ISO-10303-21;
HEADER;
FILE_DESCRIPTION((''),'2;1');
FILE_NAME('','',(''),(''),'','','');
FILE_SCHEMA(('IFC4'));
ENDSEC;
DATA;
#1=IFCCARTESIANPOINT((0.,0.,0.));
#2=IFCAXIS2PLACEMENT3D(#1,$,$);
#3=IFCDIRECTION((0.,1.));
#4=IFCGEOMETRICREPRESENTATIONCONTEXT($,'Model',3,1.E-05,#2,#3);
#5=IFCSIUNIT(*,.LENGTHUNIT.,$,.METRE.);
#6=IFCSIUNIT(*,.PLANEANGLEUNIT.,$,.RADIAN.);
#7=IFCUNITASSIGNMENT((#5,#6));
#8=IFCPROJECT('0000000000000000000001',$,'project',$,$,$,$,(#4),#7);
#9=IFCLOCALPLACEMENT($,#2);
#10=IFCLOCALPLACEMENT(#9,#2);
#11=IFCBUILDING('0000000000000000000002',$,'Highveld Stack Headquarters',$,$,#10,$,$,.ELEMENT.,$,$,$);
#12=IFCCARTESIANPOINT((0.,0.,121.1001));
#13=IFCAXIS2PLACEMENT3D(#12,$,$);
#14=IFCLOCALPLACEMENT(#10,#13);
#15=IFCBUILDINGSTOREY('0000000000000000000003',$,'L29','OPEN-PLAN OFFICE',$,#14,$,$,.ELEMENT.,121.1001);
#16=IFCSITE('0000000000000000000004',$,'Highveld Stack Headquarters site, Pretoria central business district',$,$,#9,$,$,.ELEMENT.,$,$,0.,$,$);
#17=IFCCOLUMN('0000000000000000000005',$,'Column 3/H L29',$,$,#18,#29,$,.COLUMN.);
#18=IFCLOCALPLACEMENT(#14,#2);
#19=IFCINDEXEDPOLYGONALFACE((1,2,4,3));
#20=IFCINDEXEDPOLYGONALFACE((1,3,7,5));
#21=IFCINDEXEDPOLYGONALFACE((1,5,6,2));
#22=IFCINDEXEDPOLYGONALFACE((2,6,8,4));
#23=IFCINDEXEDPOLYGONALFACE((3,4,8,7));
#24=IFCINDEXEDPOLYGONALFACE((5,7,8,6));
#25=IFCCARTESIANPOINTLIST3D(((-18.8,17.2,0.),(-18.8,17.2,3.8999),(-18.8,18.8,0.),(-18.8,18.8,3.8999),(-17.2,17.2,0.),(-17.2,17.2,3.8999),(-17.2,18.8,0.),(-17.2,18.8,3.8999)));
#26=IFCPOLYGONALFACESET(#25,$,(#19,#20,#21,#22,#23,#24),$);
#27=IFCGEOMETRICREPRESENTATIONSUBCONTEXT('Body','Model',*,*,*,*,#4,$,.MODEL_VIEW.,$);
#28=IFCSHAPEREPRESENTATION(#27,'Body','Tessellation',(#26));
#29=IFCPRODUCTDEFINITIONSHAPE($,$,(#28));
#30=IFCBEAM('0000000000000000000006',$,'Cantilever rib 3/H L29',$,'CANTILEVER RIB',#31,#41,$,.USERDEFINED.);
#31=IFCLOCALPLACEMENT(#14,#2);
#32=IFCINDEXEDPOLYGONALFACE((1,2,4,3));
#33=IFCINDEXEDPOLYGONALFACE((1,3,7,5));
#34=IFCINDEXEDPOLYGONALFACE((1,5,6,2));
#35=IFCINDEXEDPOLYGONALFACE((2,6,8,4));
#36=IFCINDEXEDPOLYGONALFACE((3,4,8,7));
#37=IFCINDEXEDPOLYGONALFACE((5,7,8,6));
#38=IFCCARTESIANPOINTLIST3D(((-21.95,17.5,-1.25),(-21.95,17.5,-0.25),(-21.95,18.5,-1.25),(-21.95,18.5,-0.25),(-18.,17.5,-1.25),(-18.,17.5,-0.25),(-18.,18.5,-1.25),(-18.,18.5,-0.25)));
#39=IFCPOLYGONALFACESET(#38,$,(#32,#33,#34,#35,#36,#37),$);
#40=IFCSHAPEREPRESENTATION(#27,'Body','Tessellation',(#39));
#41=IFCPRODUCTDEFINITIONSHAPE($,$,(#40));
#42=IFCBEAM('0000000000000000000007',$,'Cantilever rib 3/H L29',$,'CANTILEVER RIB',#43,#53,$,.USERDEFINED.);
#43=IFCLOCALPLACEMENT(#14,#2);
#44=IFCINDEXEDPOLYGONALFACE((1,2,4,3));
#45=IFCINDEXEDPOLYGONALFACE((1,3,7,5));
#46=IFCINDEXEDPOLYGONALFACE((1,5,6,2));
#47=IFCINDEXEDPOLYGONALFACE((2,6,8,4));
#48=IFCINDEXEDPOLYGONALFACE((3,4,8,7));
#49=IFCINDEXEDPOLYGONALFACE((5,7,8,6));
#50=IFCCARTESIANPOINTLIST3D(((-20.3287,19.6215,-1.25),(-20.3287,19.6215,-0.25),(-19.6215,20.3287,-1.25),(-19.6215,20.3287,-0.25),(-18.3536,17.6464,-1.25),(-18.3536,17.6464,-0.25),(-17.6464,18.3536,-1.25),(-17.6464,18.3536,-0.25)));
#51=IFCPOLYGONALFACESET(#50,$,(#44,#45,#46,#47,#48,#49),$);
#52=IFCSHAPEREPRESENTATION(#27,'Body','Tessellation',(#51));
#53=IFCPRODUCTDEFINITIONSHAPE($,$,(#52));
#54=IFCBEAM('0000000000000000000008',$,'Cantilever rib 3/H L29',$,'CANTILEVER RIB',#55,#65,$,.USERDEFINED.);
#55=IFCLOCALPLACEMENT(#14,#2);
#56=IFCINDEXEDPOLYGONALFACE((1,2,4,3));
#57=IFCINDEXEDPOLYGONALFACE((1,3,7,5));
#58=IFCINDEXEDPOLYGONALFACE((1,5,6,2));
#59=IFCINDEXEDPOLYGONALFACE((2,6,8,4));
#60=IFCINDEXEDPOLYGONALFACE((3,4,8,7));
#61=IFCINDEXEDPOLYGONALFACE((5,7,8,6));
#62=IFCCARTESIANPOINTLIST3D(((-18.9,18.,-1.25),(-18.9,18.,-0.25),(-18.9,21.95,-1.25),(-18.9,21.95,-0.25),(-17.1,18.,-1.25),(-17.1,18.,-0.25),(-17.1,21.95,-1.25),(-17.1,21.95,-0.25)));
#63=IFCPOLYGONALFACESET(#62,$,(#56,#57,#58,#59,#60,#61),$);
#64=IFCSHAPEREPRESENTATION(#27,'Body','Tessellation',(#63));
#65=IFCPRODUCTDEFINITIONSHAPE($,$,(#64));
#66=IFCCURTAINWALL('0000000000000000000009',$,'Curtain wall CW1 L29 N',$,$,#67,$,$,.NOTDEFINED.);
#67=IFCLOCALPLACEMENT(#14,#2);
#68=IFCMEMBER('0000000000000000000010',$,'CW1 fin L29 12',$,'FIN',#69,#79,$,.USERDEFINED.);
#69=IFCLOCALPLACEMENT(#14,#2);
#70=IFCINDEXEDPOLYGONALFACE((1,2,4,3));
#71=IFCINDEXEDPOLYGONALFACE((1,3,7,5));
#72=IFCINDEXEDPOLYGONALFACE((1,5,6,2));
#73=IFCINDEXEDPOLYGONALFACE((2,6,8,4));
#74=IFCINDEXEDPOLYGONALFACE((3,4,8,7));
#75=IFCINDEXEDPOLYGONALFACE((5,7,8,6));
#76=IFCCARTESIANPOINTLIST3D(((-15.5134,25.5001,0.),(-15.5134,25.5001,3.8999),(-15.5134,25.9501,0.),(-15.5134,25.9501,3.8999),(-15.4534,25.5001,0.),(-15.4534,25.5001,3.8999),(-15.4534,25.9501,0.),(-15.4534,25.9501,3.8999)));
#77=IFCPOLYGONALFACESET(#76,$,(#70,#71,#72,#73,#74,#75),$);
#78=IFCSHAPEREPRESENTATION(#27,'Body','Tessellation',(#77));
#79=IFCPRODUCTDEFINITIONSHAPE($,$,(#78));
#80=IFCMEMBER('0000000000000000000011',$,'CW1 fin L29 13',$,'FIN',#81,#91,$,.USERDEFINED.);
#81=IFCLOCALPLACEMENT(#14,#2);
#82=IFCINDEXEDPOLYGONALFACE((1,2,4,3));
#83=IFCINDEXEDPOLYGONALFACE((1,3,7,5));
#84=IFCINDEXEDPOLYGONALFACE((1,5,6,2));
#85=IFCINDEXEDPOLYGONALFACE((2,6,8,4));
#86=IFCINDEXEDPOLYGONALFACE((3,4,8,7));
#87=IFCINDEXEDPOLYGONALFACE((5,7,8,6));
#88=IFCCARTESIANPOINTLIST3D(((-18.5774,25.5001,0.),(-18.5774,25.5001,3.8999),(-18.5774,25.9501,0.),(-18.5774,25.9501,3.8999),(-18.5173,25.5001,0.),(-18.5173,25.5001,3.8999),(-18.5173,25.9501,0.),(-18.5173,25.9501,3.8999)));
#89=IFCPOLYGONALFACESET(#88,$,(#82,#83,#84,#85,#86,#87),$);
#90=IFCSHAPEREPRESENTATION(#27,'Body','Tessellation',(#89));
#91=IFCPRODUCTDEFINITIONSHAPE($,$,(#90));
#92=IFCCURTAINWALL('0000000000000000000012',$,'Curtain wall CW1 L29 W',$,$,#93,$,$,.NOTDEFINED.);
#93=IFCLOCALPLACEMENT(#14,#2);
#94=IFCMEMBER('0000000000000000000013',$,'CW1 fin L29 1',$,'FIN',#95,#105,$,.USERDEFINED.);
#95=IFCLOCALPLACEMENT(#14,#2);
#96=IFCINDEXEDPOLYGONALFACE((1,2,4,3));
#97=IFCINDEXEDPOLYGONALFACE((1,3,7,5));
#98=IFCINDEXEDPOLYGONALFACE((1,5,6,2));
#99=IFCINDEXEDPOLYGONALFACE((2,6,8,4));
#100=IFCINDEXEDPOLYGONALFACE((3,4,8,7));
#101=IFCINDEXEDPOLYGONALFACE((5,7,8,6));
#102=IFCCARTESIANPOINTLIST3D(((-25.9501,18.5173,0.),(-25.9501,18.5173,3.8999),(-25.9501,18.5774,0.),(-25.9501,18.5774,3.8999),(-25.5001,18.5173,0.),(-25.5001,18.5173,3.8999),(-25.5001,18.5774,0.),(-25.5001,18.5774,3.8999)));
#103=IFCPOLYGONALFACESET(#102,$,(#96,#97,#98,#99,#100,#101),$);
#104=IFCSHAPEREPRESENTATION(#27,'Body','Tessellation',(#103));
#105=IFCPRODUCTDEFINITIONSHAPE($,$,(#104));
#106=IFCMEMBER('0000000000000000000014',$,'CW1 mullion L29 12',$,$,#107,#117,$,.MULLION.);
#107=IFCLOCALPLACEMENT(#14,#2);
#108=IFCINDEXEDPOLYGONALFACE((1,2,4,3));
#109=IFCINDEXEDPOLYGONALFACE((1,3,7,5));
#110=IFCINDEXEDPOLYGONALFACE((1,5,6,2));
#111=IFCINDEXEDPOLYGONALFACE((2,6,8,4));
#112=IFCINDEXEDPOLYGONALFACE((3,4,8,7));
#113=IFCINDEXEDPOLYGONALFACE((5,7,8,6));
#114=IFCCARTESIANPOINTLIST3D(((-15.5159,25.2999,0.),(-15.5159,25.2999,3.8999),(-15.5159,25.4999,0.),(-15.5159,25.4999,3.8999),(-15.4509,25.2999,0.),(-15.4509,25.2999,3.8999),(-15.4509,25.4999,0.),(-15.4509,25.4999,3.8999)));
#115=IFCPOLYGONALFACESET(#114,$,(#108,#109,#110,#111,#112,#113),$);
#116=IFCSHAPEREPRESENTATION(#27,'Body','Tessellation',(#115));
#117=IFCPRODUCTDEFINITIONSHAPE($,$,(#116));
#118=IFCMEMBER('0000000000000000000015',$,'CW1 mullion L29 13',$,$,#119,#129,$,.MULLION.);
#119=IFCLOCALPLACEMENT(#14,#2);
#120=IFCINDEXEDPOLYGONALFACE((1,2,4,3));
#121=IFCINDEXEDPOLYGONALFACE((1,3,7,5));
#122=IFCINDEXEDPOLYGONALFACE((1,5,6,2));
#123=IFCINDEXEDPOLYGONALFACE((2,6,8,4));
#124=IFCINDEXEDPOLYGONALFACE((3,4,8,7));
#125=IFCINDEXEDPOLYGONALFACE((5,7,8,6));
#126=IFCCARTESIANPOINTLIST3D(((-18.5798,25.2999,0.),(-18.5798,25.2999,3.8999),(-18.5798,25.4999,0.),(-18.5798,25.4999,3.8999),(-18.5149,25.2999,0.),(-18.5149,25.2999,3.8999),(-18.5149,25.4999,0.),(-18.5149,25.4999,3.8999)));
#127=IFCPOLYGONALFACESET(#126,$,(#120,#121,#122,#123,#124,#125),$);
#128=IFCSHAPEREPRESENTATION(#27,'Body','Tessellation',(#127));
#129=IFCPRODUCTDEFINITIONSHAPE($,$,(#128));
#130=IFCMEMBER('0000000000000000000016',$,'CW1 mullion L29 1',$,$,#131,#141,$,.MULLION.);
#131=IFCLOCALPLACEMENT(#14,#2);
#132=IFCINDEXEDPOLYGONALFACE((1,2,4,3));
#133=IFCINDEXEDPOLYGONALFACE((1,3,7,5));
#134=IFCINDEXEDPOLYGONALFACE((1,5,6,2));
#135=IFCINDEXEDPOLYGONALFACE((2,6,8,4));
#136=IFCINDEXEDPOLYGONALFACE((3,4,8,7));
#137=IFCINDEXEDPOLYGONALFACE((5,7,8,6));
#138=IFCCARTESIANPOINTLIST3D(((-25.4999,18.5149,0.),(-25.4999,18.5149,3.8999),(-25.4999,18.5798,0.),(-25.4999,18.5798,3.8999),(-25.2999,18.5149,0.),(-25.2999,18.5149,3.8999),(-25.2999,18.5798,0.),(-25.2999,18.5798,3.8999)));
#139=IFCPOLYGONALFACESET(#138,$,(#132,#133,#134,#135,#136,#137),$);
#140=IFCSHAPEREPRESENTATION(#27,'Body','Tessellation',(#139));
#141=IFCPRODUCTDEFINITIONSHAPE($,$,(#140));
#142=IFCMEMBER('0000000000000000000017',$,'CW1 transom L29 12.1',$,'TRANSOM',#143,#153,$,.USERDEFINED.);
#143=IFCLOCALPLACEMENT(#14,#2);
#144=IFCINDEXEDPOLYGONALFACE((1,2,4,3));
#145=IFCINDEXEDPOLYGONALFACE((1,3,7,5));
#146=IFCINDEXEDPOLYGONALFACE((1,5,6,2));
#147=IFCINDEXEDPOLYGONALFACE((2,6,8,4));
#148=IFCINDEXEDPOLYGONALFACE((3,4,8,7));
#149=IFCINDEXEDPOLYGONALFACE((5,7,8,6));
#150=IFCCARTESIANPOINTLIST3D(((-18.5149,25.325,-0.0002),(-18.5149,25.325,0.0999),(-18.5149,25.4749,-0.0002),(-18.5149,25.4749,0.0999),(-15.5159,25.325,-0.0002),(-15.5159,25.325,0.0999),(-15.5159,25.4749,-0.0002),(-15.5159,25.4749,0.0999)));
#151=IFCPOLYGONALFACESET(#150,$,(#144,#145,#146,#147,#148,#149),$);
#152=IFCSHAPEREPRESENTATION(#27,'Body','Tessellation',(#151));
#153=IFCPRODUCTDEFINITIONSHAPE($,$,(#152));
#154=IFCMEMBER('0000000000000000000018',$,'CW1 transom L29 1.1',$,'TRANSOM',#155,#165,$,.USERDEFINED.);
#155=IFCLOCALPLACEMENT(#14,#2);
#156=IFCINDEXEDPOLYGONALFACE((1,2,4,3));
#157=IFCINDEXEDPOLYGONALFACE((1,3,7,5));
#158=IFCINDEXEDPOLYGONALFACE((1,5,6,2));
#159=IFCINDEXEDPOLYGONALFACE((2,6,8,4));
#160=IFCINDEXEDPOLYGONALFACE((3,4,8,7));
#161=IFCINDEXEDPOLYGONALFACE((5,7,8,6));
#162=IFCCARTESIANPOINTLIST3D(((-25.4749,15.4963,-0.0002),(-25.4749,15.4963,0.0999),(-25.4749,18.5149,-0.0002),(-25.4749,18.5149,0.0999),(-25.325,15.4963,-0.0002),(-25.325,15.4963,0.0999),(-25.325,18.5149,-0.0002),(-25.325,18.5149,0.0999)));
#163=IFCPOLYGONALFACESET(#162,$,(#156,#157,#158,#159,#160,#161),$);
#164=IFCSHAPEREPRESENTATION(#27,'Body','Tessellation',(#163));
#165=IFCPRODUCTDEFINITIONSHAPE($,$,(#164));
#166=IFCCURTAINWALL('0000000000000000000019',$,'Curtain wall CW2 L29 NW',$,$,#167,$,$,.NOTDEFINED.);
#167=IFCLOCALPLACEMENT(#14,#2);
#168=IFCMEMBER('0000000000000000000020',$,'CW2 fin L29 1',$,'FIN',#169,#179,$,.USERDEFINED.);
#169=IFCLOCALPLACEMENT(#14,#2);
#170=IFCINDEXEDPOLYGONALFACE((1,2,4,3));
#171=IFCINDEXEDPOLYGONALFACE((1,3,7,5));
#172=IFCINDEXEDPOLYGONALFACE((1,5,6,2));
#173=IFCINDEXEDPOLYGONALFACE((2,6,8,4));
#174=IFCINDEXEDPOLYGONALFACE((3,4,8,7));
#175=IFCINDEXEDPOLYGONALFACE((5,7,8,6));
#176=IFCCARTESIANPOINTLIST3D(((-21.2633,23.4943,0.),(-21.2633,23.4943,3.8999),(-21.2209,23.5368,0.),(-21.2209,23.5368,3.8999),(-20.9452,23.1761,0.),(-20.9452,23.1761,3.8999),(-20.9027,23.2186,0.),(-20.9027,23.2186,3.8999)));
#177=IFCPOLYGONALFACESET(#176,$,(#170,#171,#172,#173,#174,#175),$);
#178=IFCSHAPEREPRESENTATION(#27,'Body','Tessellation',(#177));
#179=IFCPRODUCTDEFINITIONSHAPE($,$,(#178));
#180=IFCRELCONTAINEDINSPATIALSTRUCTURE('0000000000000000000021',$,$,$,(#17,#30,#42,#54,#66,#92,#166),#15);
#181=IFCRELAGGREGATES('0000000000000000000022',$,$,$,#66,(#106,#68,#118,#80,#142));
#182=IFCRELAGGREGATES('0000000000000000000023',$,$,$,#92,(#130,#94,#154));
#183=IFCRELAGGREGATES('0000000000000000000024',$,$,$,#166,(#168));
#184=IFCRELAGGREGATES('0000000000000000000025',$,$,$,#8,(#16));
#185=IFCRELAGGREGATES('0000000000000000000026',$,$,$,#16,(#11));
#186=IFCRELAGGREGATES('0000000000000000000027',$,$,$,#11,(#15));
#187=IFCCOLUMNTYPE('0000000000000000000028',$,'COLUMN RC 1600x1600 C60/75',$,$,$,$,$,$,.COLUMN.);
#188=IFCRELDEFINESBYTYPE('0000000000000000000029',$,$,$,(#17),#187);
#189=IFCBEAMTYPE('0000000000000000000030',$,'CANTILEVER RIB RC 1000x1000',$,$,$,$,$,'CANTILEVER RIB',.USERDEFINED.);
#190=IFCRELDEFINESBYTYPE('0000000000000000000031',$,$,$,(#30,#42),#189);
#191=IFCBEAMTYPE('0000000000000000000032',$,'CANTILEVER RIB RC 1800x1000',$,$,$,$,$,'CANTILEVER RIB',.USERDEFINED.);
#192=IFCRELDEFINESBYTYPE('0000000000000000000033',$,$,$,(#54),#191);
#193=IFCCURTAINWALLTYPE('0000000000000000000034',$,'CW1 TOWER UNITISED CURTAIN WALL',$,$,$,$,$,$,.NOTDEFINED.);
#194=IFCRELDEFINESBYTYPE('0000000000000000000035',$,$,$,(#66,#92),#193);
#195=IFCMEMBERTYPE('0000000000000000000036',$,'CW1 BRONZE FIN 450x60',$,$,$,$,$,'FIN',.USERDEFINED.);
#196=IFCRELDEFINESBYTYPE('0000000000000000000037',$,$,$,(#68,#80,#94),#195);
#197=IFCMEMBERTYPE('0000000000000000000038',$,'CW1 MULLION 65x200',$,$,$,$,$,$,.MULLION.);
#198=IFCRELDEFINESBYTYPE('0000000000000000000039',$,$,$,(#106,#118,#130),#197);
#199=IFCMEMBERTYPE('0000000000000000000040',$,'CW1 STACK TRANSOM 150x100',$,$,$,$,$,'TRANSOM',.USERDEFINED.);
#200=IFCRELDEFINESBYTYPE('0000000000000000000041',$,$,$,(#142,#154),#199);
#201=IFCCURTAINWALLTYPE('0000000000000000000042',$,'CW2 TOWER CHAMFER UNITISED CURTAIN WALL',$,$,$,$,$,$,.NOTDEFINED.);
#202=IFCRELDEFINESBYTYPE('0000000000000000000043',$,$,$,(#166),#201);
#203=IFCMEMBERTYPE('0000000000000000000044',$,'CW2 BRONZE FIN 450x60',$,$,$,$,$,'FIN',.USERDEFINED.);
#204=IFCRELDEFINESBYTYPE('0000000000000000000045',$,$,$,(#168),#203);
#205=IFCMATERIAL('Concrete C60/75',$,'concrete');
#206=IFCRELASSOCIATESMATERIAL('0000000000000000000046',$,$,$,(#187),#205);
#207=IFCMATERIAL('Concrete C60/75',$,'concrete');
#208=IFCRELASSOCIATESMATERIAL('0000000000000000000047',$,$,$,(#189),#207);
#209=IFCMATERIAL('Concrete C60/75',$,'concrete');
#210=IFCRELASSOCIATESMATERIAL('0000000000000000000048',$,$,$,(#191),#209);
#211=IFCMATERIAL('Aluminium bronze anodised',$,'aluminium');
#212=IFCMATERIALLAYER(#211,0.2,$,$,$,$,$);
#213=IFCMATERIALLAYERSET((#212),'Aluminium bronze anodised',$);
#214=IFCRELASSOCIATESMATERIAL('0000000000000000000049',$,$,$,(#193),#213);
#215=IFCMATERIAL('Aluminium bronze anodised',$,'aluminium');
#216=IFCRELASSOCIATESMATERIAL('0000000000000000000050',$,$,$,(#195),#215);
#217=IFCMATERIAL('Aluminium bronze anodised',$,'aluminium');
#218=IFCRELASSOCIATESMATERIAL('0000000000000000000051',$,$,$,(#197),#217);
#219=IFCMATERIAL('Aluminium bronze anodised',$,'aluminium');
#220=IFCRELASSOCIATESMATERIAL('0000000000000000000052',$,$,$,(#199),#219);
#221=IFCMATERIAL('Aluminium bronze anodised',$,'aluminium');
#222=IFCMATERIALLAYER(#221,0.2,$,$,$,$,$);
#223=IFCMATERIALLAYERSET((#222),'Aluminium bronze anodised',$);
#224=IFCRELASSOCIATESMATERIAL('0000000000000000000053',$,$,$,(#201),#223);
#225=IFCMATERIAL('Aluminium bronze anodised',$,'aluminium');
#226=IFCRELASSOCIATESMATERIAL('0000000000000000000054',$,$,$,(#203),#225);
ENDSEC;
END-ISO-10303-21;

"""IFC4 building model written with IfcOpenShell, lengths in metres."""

from ifc_helpers import new_model, si_unit, direction, frame, origin, origin_2d, place, context, subcontext, project, spatial, rectangle, extrude, material, layer, layer_set, material_profile, profile_set, type_object, element, aggregate, save


model = new_model("IFC4")

# Units and contexts
model_context = context("Model", 3, precision=1e-05, world=origin(), true_north=direction((0.0, 1.0)))
body_context = subcontext(model_context, "Body", "Model", "MODEL_VIEW")
ifc_project = project(units=[si_unit("LENGTHUNIT", "METRE"), si_unit("PLANEANGLEUNIT", "RADIAN")], contexts=[model_context])

# Site, building, storey
site_placement = place(None, origin())
site = spatial("IfcSite", under=ifc_project, at=site_placement, Name="Highveld Stack Headquarters site, Pretoria central business district", CompositionType="ELEMENT", RefElevation=0.0)
building_placement = place(site_placement, origin())
building = spatial("IfcBuilding", under=site, at=building_placement, Name="Highveld Stack Headquarters", CompositionType="ELEMENT")
storey_placement = place(building_placement, frame((0.0, 0.0, 121.1001)))
storey = spatial("IfcBuildingStorey", under=building, at=storey_placement, Name="L29", Description="OPEN-PLAN OFFICE", CompositionType="ELEMENT", Elevation=121.1001)

# Column
ifc_material_1 = material(Name="Concrete C60/75", Category="concrete")
ifc_material_profile_1 = material_profile(ifc_material_1, rectangle(XDim=1.6001, YDim=1.6001, at=origin_2d()), Name="RC 1600x1600")
ifc_profile_set_1 = profile_set([ifc_material_profile_1], Name="Concrete C60/75")
column_type = type_object("IfcColumnType", Name="COLUMN RC 1600x1600 C60/75", PredefinedType="COLUMN", material=ifc_profile_set_1)
column_placement = place(storey_placement, frame((-18.0, 18.0, 0.0), z_axis=(0.0, 0.0, 1.0), x_axis=(1.0, 0.0, 0.0)))
element("IfcColumn", 1, at=column_placement, inside=storey, type_object=column_type, Name="Column 3/H L29", PredefinedType="COLUMN", context=body_context, shape_type="SweptSolid", body=[
    extrude(rectangle(XDim=1.6001, YDim=1.6001, at=origin_2d()), origin(), (0.0, 0.0, 1.0), 3.8999),
])

# Beams
ifc_material_2 = material(Name="Concrete C60/75", Category="concrete")
ifc_material_profile_2 = material_profile(ifc_material_2, rectangle(XDim=1.0, YDim=1.0, at=origin_2d()), Name="RC 1000x1000")
ifc_profile_set_2 = profile_set([ifc_material_profile_2], Name="Concrete C60/75")
beam_type_1 = type_object("IfcBeamType", Name="CANTILEVER RIB RC 1000x1000", ElementType="CANTILEVER RIB", PredefinedType="USERDEFINED", material=ifc_profile_set_2)
beam_1_placement = place(storey_placement, frame((-18.0, 18.0, -0.75), z_axis=(-1.0, 0.0, 0.0), x_axis=(0.0, -1.0, 0.0)))
element("IfcBeam", 2, at=beam_1_placement, inside=storey, type_object=beam_type_1, Name="Cantilever rib 3/H L29", ObjectType="CANTILEVER RIB", PredefinedType="USERDEFINED", context=body_context, shape_type="SweptSolid", body=[
    extrude(rectangle(XDim=1.0, YDim=1.0, at=origin_2d()), origin(), (0.0, 0.0, 1.0), 3.95),
])
beam_2_placement = place(storey_placement, frame((-18.0, 18.0, -0.75), z_axis=(-0.707107, 0.707107, 0.0), x_axis=(-0.707107, -0.707107, 0.0)))
element("IfcBeam", 3, at=beam_2_placement, inside=storey, type_object=beam_type_1, Name="Cantilever rib 3/H L29", ObjectType="CANTILEVER RIB", PredefinedType="USERDEFINED", context=body_context, shape_type="SweptSolid", body=[
    extrude(rectangle(XDim=1.0, YDim=1.0, at=origin_2d()), origin(), (0.0, 0.0, 1.0), 2.7932),
])
ifc_material_3 = material(Name="Concrete C60/75", Category="concrete")
ifc_material_profile_3 = material_profile(ifc_material_3, rectangle(XDim=1.8, YDim=1.0, at=origin_2d()), Name="RC 1800x1000")
ifc_profile_set_3 = profile_set([ifc_material_profile_3], Name="Concrete C60/75")
beam_type_2 = type_object("IfcBeamType", Name="CANTILEVER RIB RC 1800x1000", ElementType="CANTILEVER RIB", PredefinedType="USERDEFINED", material=ifc_profile_set_3)
beam_3_placement = place(storey_placement, frame((-18.0, 18.0, -0.75), z_axis=(0.0, 1.0, 0.0), x_axis=(-1.0, 0.0, 0.0)))
element("IfcBeam", 4, at=beam_3_placement, inside=storey, type_object=beam_type_2, Name="Cantilever rib 3/H L29", ObjectType="CANTILEVER RIB", PredefinedType="USERDEFINED", context=body_context, shape_type="SweptSolid", body=[
    extrude(rectangle(XDim=1.8, YDim=1.0, at=origin_2d()), origin(), (0.0, 0.0, 1.0), 3.95),
])

# Curtain wall, members
ifc_material_4 = material(Name="Aluminium bronze anodised", Category="aluminium")
ifc_layer_1 = layer(ifc_material_4, 0.2)
ifc_layer_set_1 = layer_set([ifc_layer_1], Name="Aluminium bronze anodised")
curtain_wall_type_1 = type_object("IfcCurtainWallType", Name="CW1 TOWER UNITISED CURTAIN WALL", PredefinedType="NOTDEFINED", material=ifc_layer_set_1)
curtain_wall_1_placement = place(storey_placement, origin())
curtain_wall_1 = element("IfcCurtainWall", 5, at=curtain_wall_1_placement, inside=storey, type_object=curtain_wall_type_1, Name="Curtain wall CW1 L29 N", PredefinedType="NOTDEFINED")
ifc_material_5 = material(Name="Aluminium bronze anodised", Category="aluminium")
ifc_material_profile_4 = material_profile(ifc_material_5, rectangle(XDim=0.45, YDim=0.0601, at=origin_2d()), Name="FIN 450x60")
ifc_profile_set_4 = profile_set([ifc_material_profile_4], Name="Aluminium bronze anodised")
member_type_1 = type_object("IfcMemberType", Name="CW1 BRONZE FIN 450x60", ElementType="FIN", PredefinedType="USERDEFINED", material=ifc_profile_set_4)
member_1_placement = place(storey_placement, frame((-15.4834, 25.7251, 0.0), z_axis=(0.0, 0.0, 1.0), x_axis=(0.0, -1.0, 0.0)))
member_1 = element("IfcMember", 6, at=member_1_placement, type_object=member_type_1, Name="CW1 fin L29 12", ObjectType="FIN", PredefinedType="USERDEFINED", context=body_context, shape_type="SweptSolid", body=[
    extrude(rectangle(XDim=0.45, YDim=0.0601, at=origin_2d()), origin(), (0.0, 0.0, 1.0), 3.8999),
])
member_2_placement = place(storey_placement, frame((-18.5474, 25.7251, 0.0), z_axis=(0.0, 0.0, 1.0), x_axis=(0.0, -1.0, 0.0)))
member_2 = element("IfcMember", 7, at=member_2_placement, type_object=member_type_1, Name="CW1 fin L29 13", ObjectType="FIN", PredefinedType="USERDEFINED", context=body_context, shape_type="SweptSolid", body=[
    extrude(rectangle(XDim=0.45, YDim=0.0601, at=origin_2d()), origin(), (0.0, 0.0, 1.0), 3.8999),
])

# Curtain wall, member
curtain_wall_2_placement = place(storey_placement, origin())
curtain_wall_2 = element("IfcCurtainWall", 8, at=curtain_wall_2_placement, inside=storey, type_object=curtain_wall_type_1, Name="Curtain wall CW1 L29 W", PredefinedType="NOTDEFINED")
member_3_placement = place(storey_placement, frame((-25.7251, 18.5474, 0.0), z_axis=(0.0, 0.0, 1.0), x_axis=(1.0, 0.0, 0.0)))
member_3 = element("IfcMember", 9, at=member_3_placement, type_object=member_type_1, Name="CW1 fin L29 1", ObjectType="FIN", PredefinedType="USERDEFINED", context=body_context, shape_type="SweptSolid", body=[
    extrude(rectangle(XDim=0.45, YDim=0.0601, at=origin_2d()), origin(), (0.0, 0.0, 1.0), 3.8999),
])

# Members
ifc_material_6 = material(Name="Aluminium bronze anodised", Category="aluminium")
ifc_material_profile_5 = material_profile(ifc_material_6, rectangle(XDim=0.2, YDim=0.0649, at=origin_2d()), Name="CW1 MULLION 65x200")
ifc_profile_set_5 = profile_set([ifc_material_profile_5], Name="Aluminium bronze anodised")
member_type_2 = type_object("IfcMemberType", Name="CW1 MULLION 65x200", PredefinedType="MULLION", material=ifc_profile_set_5)
member_4_placement = place(storey_placement, frame((-15.4834, 25.3999, 0.0), z_axis=(0.0, 0.0, 1.0), x_axis=(0.0, -1.0, 0.0)))
member_4 = element("IfcMember", 10, at=member_4_placement, type_object=member_type_2, Name="CW1 mullion L29 12", PredefinedType="MULLION", context=body_context, shape_type="SweptSolid", body=[
    extrude(rectangle(XDim=0.2, YDim=0.0649, at=origin_2d()), origin(), (0.0, 0.0, 1.0), 3.8999),
])
member_5_placement = place(storey_placement, frame((-18.5474, 25.3999, 0.0), z_axis=(0.0, 0.0, 1.0), x_axis=(0.0, -1.0, 0.0)))
member_5 = element("IfcMember", 11, at=member_5_placement, type_object=member_type_2, Name="CW1 mullion L29 13", PredefinedType="MULLION", context=body_context, shape_type="SweptSolid", body=[
    extrude(rectangle(XDim=0.2, YDim=0.0649, at=origin_2d()), origin(), (0.0, 0.0, 1.0), 3.8999),
])
member_6_placement = place(storey_placement, frame((-25.3999, 18.5474, 0.0), z_axis=(0.0, 0.0, 1.0), x_axis=(1.0, 0.0, 0.0)))
member_6 = element("IfcMember", 12, at=member_6_placement, type_object=member_type_2, Name="CW1 mullion L29 1", PredefinedType="MULLION", context=body_context, shape_type="SweptSolid", body=[
    extrude(rectangle(XDim=0.2, YDim=0.0649, at=origin_2d()), origin(), (0.0, 0.0, 1.0), 3.8999),
])
ifc_material_7 = material(Name="Aluminium bronze anodised", Category="aluminium")
ifc_material_profile_6 = material_profile(ifc_material_7, rectangle(XDim=0.1499, YDim=0.1001, at=origin_2d()), Name="CW1 TRANSOM 150x100")
ifc_profile_set_6 = profile_set([ifc_material_profile_6], Name="Aluminium bronze anodised")
member_type_3 = type_object("IfcMemberType", Name="CW1 STACK TRANSOM 150x100", ElementType="TRANSOM", PredefinedType="USERDEFINED", material=ifc_profile_set_6)
member_7_placement = place(storey_placement, frame((-15.5159, 25.3999, 0.0498), z_axis=(-1.0, 0.0, 0.0), x_axis=(0.0, -1.0, 0.0)))
member_7 = element("IfcMember", 13, at=member_7_placement, type_object=member_type_3, Name="CW1 transom L29 12.1", ObjectType="TRANSOM", PredefinedType="USERDEFINED", context=body_context, shape_type="SweptSolid", body=[
    extrude(rectangle(XDim=0.1499, YDim=0.1001, at=origin_2d()), origin(), (0.0, 0.0, 1.0), 2.999),
])
member_8_placement = place(storey_placement, frame((-25.3999, 18.5149, 0.0498), z_axis=(0.0, -1.0, 0.0), x_axis=(1.0, 0.0, 0.0)))
member_8 = element("IfcMember", 14, at=member_8_placement, type_object=member_type_3, Name="CW1 transom L29 1.1", ObjectType="TRANSOM", PredefinedType="USERDEFINED", context=body_context, shape_type="SweptSolid", body=[
    extrude(rectangle(XDim=0.1499, YDim=0.1001, at=origin_2d()), origin(), (0.0, 0.0, 1.0), 3.0186),
])

# Curtain wall, member
ifc_material_8 = material(Name="Aluminium bronze anodised", Category="aluminium")
ifc_layer_2 = layer(ifc_material_8, 0.2)
ifc_layer_set_2 = layer_set([ifc_layer_2], Name="Aluminium bronze anodised")
curtain_wall_type_2 = type_object("IfcCurtainWallType", Name="CW2 TOWER CHAMFER UNITISED CURTAIN WALL", PredefinedType="NOTDEFINED", material=ifc_layer_set_2)
curtain_wall_3_placement = place(storey_placement, origin())
curtain_wall_3 = element("IfcCurtainWall", 15, at=curtain_wall_3_placement, inside=storey, type_object=curtain_wall_type_2, Name="Curtain wall CW2 L29 NW", PredefinedType="NOTDEFINED")
ifc_material_9 = material(Name="Aluminium bronze anodised", Category="aluminium")
ifc_material_profile_7 = material_profile(ifc_material_9, rectangle(XDim=0.45, YDim=0.0601, at=origin_2d()), Name="FIN 450x60")
ifc_profile_set_7 = profile_set([ifc_material_profile_7], Name="Aluminium bronze anodised")
member_type_4 = type_object("IfcMemberType", Name="CW2 BRONZE FIN 450x60", ElementType="FIN", PredefinedType="USERDEFINED", material=ifc_profile_set_7)
member_9_placement = place(storey_placement, frame((-21.083, 23.3564, 0.0), z_axis=(0.0, 0.0, 1.0), x_axis=(0.707107, -0.707107, 0.0)))
member_9 = element("IfcMember", 16, at=member_9_placement, type_object=member_type_4, Name="CW2 fin L29 1", ObjectType="FIN", PredefinedType="USERDEFINED", context=body_context, shape_type="SweptSolid", body=[
    extrude(rectangle(XDim=0.45, YDim=0.0601, at=origin_2d()), origin(), (0.0, 0.0, 1.0), 3.8999),
])

aggregate(curtain_wall_1, [member_4, member_1, member_5, member_2, member_7])
aggregate(curtain_wall_2, [member_6, member_3, member_8])
aggregate(curtain_wall_3, [member_9])

save(model, "model.ifc")
